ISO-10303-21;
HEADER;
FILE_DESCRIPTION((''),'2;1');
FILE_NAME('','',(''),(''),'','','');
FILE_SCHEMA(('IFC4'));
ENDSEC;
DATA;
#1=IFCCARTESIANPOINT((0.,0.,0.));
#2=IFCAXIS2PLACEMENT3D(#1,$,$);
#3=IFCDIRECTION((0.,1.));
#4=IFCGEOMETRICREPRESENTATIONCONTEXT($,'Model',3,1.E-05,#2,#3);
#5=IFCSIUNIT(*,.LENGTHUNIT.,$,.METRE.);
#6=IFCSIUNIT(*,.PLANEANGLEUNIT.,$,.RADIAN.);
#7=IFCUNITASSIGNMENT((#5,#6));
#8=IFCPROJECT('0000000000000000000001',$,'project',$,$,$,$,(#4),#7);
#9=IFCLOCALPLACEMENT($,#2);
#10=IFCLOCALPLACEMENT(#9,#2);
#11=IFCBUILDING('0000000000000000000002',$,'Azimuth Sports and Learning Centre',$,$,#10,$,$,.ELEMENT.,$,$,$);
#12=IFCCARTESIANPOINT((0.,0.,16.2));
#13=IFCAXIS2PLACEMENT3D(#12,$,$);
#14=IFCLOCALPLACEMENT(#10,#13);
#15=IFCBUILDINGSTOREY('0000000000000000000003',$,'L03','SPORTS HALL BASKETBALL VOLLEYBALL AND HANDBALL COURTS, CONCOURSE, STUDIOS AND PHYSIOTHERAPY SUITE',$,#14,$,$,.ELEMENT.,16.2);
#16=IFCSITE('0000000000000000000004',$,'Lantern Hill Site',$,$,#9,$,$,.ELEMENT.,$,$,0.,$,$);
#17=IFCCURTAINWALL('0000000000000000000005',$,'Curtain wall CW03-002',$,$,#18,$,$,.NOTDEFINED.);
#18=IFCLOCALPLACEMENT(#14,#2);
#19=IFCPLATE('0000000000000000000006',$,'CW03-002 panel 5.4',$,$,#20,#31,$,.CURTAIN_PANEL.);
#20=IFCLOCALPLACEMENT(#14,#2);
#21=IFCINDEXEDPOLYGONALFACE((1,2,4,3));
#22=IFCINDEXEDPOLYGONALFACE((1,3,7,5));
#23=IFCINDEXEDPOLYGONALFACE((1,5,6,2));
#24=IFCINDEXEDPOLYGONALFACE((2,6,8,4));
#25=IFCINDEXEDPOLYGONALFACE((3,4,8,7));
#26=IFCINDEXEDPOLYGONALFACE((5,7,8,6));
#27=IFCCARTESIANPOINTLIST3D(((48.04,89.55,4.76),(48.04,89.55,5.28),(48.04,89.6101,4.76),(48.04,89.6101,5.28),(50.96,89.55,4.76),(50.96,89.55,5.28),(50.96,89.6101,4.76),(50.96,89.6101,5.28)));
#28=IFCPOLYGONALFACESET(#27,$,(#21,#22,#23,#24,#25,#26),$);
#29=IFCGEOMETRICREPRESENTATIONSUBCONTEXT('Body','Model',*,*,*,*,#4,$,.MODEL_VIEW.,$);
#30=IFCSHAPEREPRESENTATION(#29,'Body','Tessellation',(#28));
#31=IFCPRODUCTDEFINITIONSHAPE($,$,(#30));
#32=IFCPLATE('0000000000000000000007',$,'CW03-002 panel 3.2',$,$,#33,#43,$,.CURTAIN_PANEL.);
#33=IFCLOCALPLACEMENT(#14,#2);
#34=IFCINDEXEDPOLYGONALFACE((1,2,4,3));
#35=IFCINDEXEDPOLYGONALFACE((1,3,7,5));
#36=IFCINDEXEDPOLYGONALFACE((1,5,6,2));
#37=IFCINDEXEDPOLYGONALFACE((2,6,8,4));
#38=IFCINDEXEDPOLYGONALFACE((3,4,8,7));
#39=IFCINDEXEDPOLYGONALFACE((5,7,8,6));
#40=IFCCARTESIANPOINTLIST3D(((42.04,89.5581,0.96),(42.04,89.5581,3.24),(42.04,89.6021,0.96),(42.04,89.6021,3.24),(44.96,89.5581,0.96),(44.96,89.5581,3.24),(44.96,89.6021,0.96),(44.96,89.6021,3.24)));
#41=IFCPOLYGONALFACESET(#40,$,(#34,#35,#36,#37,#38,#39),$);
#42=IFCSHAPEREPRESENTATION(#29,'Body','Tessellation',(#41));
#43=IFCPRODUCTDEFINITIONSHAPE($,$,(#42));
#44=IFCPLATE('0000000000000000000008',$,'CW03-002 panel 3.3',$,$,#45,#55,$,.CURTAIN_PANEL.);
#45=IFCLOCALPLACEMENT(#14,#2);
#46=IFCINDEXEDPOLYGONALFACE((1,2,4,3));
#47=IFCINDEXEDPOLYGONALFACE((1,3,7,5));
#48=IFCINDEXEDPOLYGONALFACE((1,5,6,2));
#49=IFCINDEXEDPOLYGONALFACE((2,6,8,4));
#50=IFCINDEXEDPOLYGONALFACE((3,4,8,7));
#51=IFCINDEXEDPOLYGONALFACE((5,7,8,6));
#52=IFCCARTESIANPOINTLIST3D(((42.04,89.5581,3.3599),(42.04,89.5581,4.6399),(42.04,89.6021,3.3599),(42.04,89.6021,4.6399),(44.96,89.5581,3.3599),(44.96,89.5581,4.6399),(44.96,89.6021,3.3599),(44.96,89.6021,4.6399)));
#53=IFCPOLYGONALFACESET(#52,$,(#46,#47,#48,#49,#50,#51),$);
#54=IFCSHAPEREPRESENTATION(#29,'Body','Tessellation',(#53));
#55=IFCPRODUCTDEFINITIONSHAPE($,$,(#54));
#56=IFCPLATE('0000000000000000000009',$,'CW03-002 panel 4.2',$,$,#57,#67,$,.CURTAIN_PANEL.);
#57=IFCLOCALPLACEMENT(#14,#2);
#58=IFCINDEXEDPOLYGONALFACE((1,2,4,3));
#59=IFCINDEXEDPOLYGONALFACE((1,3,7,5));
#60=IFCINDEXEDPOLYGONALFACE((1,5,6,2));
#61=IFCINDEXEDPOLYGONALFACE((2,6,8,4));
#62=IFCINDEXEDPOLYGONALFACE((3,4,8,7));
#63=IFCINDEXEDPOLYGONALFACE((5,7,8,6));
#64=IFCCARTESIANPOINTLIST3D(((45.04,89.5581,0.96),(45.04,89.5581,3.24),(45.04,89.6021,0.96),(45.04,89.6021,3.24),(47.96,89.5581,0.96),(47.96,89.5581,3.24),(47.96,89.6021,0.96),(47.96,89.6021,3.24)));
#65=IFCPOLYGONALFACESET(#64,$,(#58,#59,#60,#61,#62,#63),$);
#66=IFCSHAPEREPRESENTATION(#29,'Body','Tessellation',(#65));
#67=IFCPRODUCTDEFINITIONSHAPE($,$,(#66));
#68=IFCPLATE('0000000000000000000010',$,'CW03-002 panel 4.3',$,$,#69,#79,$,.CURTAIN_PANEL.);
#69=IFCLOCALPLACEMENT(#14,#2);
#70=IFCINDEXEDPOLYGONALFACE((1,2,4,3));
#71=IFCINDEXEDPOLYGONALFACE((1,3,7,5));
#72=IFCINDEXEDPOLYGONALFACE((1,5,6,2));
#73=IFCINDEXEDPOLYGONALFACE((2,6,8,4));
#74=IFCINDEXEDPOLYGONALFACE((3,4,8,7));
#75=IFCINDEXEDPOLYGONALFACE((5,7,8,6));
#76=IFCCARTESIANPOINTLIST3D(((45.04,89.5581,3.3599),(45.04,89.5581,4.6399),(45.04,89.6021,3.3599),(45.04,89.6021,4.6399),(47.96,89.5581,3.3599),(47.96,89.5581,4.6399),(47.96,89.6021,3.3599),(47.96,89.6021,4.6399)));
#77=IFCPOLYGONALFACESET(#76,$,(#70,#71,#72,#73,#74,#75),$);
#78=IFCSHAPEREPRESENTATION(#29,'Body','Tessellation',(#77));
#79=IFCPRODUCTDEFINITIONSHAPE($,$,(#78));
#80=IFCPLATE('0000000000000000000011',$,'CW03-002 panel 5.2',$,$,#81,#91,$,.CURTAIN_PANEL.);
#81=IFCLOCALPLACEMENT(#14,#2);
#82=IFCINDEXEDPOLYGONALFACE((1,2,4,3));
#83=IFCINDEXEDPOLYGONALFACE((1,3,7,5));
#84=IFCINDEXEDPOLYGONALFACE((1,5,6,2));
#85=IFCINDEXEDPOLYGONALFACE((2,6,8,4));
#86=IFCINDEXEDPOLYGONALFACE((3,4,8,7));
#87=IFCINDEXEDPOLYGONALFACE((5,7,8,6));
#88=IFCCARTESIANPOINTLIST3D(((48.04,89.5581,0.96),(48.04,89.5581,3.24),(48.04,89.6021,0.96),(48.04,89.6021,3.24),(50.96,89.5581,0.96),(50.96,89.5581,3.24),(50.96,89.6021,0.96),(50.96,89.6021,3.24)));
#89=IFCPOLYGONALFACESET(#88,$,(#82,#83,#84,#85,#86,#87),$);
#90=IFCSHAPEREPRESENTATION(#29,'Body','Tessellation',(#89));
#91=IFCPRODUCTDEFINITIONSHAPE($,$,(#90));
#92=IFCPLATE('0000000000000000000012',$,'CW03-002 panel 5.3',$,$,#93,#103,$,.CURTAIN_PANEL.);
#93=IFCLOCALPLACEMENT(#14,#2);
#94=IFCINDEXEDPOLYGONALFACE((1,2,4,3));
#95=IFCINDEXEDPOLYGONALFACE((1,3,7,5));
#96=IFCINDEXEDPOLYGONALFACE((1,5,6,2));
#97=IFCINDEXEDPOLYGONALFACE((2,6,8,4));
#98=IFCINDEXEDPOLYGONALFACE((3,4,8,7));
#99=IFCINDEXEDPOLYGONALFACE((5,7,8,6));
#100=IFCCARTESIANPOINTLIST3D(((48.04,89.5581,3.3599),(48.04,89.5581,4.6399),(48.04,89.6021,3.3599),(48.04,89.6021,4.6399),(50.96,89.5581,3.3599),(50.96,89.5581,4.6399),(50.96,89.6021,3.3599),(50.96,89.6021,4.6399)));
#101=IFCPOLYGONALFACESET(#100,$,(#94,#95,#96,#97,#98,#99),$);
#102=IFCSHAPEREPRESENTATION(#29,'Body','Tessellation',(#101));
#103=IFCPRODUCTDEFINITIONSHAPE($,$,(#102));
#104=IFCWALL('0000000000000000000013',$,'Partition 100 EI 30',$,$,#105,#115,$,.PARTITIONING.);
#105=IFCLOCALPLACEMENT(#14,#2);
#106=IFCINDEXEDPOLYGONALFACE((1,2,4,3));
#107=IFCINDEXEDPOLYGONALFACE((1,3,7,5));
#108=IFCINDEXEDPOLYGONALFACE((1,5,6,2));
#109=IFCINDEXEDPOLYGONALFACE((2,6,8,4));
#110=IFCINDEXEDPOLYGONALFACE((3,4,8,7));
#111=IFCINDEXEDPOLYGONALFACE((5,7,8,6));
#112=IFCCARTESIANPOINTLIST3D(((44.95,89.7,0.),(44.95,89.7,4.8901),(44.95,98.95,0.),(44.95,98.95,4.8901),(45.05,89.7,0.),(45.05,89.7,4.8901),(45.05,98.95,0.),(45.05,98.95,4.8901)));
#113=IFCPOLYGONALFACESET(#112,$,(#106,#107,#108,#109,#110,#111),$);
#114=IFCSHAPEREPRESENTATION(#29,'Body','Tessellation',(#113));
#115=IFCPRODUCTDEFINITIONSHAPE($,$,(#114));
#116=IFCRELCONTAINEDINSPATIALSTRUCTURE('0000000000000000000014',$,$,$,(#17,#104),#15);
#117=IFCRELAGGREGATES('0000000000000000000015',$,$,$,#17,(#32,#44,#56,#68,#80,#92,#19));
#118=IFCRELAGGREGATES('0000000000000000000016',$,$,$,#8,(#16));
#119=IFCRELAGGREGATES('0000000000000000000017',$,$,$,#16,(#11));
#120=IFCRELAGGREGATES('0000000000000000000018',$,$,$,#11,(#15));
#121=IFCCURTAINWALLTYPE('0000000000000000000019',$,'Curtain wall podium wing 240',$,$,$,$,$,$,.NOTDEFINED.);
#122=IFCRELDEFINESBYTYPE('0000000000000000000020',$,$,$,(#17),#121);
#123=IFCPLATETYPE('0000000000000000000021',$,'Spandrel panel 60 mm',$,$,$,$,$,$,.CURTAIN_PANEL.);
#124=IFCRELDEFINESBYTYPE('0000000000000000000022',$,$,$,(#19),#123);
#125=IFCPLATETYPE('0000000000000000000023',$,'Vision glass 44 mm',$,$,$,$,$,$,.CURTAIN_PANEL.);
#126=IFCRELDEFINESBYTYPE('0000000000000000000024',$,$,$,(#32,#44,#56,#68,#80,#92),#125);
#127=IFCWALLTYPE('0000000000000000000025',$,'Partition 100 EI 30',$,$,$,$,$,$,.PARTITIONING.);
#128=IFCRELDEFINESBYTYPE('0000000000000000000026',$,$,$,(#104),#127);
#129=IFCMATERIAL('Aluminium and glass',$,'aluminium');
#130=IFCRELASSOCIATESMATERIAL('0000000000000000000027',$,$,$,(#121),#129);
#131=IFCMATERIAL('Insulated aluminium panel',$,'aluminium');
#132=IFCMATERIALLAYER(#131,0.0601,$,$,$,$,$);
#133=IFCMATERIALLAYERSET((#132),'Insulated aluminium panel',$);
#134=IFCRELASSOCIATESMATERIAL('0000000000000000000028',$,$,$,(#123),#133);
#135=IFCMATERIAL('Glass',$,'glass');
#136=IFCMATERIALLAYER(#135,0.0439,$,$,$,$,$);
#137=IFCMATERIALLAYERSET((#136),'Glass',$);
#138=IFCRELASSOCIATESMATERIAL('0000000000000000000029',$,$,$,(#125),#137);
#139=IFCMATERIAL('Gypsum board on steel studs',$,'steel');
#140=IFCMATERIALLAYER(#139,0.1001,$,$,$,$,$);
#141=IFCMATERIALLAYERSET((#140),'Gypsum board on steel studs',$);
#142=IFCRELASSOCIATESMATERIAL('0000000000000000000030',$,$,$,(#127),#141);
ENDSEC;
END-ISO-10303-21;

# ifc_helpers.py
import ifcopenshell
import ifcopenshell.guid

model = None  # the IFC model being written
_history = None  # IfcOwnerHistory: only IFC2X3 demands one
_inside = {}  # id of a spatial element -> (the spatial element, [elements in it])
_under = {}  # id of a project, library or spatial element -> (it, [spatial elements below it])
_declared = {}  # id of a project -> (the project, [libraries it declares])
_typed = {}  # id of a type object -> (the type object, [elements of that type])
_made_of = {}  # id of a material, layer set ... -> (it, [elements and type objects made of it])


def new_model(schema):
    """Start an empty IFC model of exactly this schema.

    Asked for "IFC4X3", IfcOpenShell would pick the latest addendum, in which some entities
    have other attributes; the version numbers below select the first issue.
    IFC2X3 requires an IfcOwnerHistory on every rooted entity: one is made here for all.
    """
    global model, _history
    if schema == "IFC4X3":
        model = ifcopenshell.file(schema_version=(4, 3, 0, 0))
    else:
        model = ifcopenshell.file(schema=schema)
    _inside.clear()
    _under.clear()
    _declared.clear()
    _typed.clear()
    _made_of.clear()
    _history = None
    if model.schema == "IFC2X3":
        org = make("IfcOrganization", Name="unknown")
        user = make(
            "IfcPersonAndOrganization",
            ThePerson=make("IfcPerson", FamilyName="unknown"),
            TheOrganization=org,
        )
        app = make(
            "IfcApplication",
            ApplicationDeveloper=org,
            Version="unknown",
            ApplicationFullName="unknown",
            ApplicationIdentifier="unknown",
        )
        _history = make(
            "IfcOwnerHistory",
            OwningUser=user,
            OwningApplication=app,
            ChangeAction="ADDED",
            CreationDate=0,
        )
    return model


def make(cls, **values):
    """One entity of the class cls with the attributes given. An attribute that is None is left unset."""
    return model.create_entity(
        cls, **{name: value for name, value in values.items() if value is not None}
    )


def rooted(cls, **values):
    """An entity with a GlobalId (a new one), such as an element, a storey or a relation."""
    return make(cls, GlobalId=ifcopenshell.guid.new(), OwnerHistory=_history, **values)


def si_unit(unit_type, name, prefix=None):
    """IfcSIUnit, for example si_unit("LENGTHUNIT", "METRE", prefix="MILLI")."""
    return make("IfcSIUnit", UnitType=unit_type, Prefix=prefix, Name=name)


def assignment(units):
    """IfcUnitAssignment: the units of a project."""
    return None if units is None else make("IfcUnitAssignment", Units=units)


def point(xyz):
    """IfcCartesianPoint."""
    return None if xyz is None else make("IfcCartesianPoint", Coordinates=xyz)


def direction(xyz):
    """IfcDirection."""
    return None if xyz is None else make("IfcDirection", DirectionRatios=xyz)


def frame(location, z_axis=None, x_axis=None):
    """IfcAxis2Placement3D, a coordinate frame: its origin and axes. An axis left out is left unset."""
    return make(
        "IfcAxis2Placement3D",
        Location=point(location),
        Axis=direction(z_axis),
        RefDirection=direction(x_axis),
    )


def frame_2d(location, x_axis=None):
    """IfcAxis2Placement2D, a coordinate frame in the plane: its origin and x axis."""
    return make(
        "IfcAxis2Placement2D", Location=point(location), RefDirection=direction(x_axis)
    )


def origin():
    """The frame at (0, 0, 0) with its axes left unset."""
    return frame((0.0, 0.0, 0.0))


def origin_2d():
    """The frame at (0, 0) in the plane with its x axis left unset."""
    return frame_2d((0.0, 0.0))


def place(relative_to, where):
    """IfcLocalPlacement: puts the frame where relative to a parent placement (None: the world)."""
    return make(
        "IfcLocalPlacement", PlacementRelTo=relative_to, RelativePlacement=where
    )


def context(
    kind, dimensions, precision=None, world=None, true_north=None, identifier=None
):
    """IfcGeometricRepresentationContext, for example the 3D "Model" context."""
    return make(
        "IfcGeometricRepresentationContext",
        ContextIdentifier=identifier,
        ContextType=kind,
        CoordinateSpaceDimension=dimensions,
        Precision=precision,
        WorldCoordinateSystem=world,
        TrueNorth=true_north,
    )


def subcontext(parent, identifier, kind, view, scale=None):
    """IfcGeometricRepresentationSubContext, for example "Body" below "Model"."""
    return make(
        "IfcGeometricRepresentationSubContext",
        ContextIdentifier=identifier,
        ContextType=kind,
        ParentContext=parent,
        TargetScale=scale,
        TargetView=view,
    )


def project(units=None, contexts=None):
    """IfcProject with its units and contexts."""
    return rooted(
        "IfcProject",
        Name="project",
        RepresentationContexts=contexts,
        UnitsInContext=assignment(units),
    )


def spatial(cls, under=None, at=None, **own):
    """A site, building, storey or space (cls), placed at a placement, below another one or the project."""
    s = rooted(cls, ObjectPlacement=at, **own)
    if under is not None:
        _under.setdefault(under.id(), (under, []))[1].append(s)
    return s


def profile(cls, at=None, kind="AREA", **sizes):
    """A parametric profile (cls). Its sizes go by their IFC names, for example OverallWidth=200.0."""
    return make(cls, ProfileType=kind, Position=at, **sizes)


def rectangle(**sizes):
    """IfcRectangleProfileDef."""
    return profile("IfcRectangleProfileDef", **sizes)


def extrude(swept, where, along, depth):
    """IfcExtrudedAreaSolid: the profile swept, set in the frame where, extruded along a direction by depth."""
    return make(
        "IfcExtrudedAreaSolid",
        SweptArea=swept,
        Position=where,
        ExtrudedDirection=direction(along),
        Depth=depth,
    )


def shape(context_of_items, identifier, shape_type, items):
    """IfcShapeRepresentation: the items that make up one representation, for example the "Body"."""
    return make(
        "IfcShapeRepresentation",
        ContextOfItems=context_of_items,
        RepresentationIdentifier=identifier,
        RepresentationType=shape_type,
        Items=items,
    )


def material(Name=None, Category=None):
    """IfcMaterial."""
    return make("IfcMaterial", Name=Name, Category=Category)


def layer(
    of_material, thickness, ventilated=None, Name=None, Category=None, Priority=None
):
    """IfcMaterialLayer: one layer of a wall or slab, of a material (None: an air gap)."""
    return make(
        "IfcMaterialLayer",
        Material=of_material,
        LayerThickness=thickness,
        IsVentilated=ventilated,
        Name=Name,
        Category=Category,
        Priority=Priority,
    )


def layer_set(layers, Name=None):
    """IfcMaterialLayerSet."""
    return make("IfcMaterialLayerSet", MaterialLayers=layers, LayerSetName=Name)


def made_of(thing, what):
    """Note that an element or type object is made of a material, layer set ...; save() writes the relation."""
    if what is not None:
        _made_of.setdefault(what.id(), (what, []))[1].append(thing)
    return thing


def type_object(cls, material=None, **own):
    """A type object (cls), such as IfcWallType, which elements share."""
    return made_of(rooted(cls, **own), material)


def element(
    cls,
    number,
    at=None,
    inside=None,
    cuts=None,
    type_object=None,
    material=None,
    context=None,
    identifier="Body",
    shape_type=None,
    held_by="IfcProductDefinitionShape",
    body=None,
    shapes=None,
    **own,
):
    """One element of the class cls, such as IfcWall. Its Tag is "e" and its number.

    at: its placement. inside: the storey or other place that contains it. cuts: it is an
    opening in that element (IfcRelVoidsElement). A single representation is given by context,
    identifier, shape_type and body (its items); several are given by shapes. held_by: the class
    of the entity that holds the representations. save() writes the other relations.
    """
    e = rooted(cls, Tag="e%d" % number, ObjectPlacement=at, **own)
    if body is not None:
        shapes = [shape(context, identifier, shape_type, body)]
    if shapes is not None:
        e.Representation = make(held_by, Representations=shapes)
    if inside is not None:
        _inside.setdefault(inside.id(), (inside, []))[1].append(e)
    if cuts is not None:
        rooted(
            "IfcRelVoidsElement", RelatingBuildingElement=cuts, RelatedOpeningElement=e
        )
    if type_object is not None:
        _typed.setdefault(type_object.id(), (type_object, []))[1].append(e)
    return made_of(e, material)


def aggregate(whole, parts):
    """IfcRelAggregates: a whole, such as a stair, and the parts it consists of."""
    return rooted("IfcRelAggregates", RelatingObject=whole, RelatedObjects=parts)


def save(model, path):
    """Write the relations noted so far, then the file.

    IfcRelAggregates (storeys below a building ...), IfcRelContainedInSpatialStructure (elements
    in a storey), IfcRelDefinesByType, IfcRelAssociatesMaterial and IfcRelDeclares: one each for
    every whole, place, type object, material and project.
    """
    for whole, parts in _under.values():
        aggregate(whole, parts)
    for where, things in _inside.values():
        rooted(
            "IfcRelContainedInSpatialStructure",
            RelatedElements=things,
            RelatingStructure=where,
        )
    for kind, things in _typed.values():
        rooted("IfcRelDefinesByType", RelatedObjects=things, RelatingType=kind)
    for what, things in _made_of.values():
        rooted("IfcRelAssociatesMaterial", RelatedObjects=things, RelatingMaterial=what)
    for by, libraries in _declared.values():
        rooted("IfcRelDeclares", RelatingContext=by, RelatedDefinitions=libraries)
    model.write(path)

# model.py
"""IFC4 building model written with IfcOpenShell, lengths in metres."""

from ifc_helpers import new_model, si_unit, direction, frame, frame_2d, origin, origin_2d, place, context, subcontext, project, spatial, rectangle, extrude, material, layer, layer_set, type_object, element, aggregate, save


model = new_model("IFC4")

# Units and contexts
model_context = context("Model", 3, precision=1e-05, world=origin(), true_north=direction((0.0, 1.0)))
body_context = subcontext(model_context, "Body", "Model", "MODEL_VIEW")
ifc_project = project(units=[si_unit("LENGTHUNIT", "METRE"), si_unit("PLANEANGLEUNIT", "RADIAN")], contexts=[model_context])

# Site, building, storey
site_placement = place(None, origin())
site = spatial("IfcSite", under=ifc_project, at=site_placement, Name="Lantern Hill Site", CompositionType="ELEMENT", RefElevation=0.0)
building_placement = place(site_placement, origin())
building = spatial("IfcBuilding", under=site, at=building_placement, Name="Azimuth Sports and Learning Centre", CompositionType="ELEMENT")
storey_placement = place(building_placement, frame((0.0, 0.0, 16.2)))
storey = spatial("IfcBuildingStorey", under=building, at=storey_placement, Name="L03", Description="SPORTS HALL BASKETBALL VOLLEYBALL AND HANDBALL COURTS, CONCOURSE, STUDIOS AND PHYSIOTHERAPY SUITE", CompositionType="ELEMENT", Elevation=16.2)

# Curtain wall, plates
ifc_material_1 = material(Name="Aluminium and glass", Category="aluminium")
curtain_wall_type = type_object("IfcCurtainWallType", Name="Curtain wall podium wing 240", PredefinedType="NOTDEFINED", material=ifc_material_1)
curtain_wall_placement = place(storey_placement, origin())
curtain_wall = element("IfcCurtainWall", 1, at=curtain_wall_placement, inside=storey, type_object=curtain_wall_type, Name="Curtain wall CW03-002", PredefinedType="NOTDEFINED")
ifc_material_2 = material(Name="Insulated aluminium panel", Category="aluminium")
ifc_layer_1 = layer(ifc_material_2, 0.0601)
ifc_layer_set_1 = layer_set([ifc_layer_1], Name="Insulated aluminium panel")
plate_type_1 = type_object("IfcPlateType", Name="Spandrel panel 60 mm", PredefinedType="CURTAIN_PANEL", material=ifc_layer_set_1)
plate_1_placement = place(storey_placement, frame((49.5, 89.5801, 4.76), z_axis=(0.0, 0.0, 1.0), x_axis=(1.0, 0.0, 0.0)))
plate_1 = element("IfcPlate", 2, at=plate_1_placement, type_object=plate_type_1, Name="CW03-002 panel 5.4", PredefinedType="CURTAIN_PANEL", context=body_context, shape_type="SweptSolid", body=[
    extrude(rectangle(XDim=2.9199, YDim=0.0601, at=origin_2d()), origin(), (0.0, 0.0, 1.0), 0.52),
])
ifc_material_3 = material(Name="Glass", Category="glass")
ifc_layer_2 = layer(ifc_material_3, 0.0439)
ifc_layer_set_2 = layer_set([ifc_layer_2], Name="Glass")
plate_type_2 = type_object("IfcPlateType", Name="Vision glass 44 mm", PredefinedType="CURTAIN_PANEL", material=ifc_layer_set_2)
plate_2_placement = place(storey_placement, frame((43.5, 89.5801, 0.96), z_axis=(0.0, 0.0, 1.0), x_axis=(1.0, 0.0, 0.0)))
plate_2 = element("IfcPlate", 3, at=plate_2_placement, type_object=plate_type_2, Name="CW03-002 panel 3.2", PredefinedType="CURTAIN_PANEL", context=body_context, shape_type="SweptSolid", body=[
    extrude(rectangle(XDim=2.9199, YDim=0.0439, at=origin_2d()), origin(), (0.0, 0.0, 1.0), 2.28),
])
plate_3_placement = place(storey_placement, frame((43.5, 89.5801, 3.3599), z_axis=(0.0, 0.0, 1.0), x_axis=(1.0, 0.0, 0.0)))
plate_3 = element("IfcPlate", 4, at=plate_3_placement, type_object=plate_type_2, Name="CW03-002 panel 3.3", PredefinedType="CURTAIN_PANEL", context=body_context, shape_type="SweptSolid", body=[
    extrude(rectangle(XDim=2.9199, YDim=0.0439, at=origin_2d()), origin(), (0.0, 0.0, 1.0), 1.28),
])
plate_4_placement = place(storey_placement, frame((46.5, 89.5801, 0.96), z_axis=(0.0, 0.0, 1.0), x_axis=(1.0, 0.0, 0.0)))
plate_4 = element("IfcPlate", 5, at=plate_4_placement, type_object=plate_type_2, Name="CW03-002 panel 4.2", PredefinedType="CURTAIN_PANEL", context=body_context, shape_type="SweptSolid", body=[
    extrude(rectangle(XDim=2.9199, YDim=0.0439, at=origin_2d()), origin(), (0.0, 0.0, 1.0), 2.28),
])
plate_5_placement = place(storey_placement, frame((46.5, 89.5801, 3.3599), z_axis=(0.0, 0.0, 1.0), x_axis=(1.0, 0.0, 0.0)))
plate_5 = element("IfcPlate", 6, at=plate_5_placement, type_object=plate_type_2, Name="CW03-002 panel 4.3", PredefinedType="CURTAIN_PANEL", context=body_context, shape_type="SweptSolid", body=[
    extrude(rectangle(XDim=2.9199, YDim=0.0439, at=origin_2d()), origin(), (0.0, 0.0, 1.0), 1.28),
])
plate_6_placement = place(storey_placement, frame((49.5, 89.5801, 0.96), z_axis=(0.0, 0.0, 1.0), x_axis=(1.0, 0.0, 0.0)))
plate_6 = element("IfcPlate", 7, at=plate_6_placement, type_object=plate_type_2, Name="CW03-002 panel 5.2", PredefinedType="CURTAIN_PANEL", context=body_context, shape_type="SweptSolid", body=[
    extrude(rectangle(XDim=2.9199, YDim=0.0439, at=origin_2d()), origin(), (0.0, 0.0, 1.0), 2.28),
])
plate_7_placement = place(storey_placement, frame((49.5, 89.5801, 3.3599), z_axis=(0.0, 0.0, 1.0), x_axis=(1.0, 0.0, 0.0)))
plate_7 = element("IfcPlate", 8, at=plate_7_placement, type_object=plate_type_2, Name="CW03-002 panel 5.3", PredefinedType="CURTAIN_PANEL", context=body_context, shape_type="SweptSolid", body=[
    extrude(rectangle(XDim=2.9199, YDim=0.0439, at=origin_2d()), origin(), (0.0, 0.0, 1.0), 1.28),
])
aggregate(curtain_wall, [plate_2, plate_3, plate_4, plate_5, plate_6, plate_7, plate_1])

# Wall
ifc_material_4 = material(Name="Gypsum board on steel studs", Category="steel")
ifc_layer_3 = layer(ifc_material_4, 0.1001)
ifc_layer_set_3 = layer_set([ifc_layer_3], Name="Gypsum board on steel studs")
wall_type = type_object("IfcWallType", Name="Partition 100 EI 30", PredefinedType="PARTITIONING", material=ifc_layer_set_3)
wall_placement = place(storey_placement, frame((45.0, 89.7, 0.0), z_axis=(0.0, 0.0, 1.0), x_axis=(0.0, 1.0, 0.0)))
element("IfcWall", 9, at=wall_placement, inside=storey, type_object=wall_type, Name="Partition 100 EI 30", PredefinedType="PARTITIONING", context=body_context, shape_type="SweptSolid", body=[
    extrude(rectangle(XDim=9.25, YDim=0.1001, at=frame_2d((4.625, 0.0))), origin(), (0.0, 0.0, 1.0), 4.8901),
])

save(model, "model.ifc")
